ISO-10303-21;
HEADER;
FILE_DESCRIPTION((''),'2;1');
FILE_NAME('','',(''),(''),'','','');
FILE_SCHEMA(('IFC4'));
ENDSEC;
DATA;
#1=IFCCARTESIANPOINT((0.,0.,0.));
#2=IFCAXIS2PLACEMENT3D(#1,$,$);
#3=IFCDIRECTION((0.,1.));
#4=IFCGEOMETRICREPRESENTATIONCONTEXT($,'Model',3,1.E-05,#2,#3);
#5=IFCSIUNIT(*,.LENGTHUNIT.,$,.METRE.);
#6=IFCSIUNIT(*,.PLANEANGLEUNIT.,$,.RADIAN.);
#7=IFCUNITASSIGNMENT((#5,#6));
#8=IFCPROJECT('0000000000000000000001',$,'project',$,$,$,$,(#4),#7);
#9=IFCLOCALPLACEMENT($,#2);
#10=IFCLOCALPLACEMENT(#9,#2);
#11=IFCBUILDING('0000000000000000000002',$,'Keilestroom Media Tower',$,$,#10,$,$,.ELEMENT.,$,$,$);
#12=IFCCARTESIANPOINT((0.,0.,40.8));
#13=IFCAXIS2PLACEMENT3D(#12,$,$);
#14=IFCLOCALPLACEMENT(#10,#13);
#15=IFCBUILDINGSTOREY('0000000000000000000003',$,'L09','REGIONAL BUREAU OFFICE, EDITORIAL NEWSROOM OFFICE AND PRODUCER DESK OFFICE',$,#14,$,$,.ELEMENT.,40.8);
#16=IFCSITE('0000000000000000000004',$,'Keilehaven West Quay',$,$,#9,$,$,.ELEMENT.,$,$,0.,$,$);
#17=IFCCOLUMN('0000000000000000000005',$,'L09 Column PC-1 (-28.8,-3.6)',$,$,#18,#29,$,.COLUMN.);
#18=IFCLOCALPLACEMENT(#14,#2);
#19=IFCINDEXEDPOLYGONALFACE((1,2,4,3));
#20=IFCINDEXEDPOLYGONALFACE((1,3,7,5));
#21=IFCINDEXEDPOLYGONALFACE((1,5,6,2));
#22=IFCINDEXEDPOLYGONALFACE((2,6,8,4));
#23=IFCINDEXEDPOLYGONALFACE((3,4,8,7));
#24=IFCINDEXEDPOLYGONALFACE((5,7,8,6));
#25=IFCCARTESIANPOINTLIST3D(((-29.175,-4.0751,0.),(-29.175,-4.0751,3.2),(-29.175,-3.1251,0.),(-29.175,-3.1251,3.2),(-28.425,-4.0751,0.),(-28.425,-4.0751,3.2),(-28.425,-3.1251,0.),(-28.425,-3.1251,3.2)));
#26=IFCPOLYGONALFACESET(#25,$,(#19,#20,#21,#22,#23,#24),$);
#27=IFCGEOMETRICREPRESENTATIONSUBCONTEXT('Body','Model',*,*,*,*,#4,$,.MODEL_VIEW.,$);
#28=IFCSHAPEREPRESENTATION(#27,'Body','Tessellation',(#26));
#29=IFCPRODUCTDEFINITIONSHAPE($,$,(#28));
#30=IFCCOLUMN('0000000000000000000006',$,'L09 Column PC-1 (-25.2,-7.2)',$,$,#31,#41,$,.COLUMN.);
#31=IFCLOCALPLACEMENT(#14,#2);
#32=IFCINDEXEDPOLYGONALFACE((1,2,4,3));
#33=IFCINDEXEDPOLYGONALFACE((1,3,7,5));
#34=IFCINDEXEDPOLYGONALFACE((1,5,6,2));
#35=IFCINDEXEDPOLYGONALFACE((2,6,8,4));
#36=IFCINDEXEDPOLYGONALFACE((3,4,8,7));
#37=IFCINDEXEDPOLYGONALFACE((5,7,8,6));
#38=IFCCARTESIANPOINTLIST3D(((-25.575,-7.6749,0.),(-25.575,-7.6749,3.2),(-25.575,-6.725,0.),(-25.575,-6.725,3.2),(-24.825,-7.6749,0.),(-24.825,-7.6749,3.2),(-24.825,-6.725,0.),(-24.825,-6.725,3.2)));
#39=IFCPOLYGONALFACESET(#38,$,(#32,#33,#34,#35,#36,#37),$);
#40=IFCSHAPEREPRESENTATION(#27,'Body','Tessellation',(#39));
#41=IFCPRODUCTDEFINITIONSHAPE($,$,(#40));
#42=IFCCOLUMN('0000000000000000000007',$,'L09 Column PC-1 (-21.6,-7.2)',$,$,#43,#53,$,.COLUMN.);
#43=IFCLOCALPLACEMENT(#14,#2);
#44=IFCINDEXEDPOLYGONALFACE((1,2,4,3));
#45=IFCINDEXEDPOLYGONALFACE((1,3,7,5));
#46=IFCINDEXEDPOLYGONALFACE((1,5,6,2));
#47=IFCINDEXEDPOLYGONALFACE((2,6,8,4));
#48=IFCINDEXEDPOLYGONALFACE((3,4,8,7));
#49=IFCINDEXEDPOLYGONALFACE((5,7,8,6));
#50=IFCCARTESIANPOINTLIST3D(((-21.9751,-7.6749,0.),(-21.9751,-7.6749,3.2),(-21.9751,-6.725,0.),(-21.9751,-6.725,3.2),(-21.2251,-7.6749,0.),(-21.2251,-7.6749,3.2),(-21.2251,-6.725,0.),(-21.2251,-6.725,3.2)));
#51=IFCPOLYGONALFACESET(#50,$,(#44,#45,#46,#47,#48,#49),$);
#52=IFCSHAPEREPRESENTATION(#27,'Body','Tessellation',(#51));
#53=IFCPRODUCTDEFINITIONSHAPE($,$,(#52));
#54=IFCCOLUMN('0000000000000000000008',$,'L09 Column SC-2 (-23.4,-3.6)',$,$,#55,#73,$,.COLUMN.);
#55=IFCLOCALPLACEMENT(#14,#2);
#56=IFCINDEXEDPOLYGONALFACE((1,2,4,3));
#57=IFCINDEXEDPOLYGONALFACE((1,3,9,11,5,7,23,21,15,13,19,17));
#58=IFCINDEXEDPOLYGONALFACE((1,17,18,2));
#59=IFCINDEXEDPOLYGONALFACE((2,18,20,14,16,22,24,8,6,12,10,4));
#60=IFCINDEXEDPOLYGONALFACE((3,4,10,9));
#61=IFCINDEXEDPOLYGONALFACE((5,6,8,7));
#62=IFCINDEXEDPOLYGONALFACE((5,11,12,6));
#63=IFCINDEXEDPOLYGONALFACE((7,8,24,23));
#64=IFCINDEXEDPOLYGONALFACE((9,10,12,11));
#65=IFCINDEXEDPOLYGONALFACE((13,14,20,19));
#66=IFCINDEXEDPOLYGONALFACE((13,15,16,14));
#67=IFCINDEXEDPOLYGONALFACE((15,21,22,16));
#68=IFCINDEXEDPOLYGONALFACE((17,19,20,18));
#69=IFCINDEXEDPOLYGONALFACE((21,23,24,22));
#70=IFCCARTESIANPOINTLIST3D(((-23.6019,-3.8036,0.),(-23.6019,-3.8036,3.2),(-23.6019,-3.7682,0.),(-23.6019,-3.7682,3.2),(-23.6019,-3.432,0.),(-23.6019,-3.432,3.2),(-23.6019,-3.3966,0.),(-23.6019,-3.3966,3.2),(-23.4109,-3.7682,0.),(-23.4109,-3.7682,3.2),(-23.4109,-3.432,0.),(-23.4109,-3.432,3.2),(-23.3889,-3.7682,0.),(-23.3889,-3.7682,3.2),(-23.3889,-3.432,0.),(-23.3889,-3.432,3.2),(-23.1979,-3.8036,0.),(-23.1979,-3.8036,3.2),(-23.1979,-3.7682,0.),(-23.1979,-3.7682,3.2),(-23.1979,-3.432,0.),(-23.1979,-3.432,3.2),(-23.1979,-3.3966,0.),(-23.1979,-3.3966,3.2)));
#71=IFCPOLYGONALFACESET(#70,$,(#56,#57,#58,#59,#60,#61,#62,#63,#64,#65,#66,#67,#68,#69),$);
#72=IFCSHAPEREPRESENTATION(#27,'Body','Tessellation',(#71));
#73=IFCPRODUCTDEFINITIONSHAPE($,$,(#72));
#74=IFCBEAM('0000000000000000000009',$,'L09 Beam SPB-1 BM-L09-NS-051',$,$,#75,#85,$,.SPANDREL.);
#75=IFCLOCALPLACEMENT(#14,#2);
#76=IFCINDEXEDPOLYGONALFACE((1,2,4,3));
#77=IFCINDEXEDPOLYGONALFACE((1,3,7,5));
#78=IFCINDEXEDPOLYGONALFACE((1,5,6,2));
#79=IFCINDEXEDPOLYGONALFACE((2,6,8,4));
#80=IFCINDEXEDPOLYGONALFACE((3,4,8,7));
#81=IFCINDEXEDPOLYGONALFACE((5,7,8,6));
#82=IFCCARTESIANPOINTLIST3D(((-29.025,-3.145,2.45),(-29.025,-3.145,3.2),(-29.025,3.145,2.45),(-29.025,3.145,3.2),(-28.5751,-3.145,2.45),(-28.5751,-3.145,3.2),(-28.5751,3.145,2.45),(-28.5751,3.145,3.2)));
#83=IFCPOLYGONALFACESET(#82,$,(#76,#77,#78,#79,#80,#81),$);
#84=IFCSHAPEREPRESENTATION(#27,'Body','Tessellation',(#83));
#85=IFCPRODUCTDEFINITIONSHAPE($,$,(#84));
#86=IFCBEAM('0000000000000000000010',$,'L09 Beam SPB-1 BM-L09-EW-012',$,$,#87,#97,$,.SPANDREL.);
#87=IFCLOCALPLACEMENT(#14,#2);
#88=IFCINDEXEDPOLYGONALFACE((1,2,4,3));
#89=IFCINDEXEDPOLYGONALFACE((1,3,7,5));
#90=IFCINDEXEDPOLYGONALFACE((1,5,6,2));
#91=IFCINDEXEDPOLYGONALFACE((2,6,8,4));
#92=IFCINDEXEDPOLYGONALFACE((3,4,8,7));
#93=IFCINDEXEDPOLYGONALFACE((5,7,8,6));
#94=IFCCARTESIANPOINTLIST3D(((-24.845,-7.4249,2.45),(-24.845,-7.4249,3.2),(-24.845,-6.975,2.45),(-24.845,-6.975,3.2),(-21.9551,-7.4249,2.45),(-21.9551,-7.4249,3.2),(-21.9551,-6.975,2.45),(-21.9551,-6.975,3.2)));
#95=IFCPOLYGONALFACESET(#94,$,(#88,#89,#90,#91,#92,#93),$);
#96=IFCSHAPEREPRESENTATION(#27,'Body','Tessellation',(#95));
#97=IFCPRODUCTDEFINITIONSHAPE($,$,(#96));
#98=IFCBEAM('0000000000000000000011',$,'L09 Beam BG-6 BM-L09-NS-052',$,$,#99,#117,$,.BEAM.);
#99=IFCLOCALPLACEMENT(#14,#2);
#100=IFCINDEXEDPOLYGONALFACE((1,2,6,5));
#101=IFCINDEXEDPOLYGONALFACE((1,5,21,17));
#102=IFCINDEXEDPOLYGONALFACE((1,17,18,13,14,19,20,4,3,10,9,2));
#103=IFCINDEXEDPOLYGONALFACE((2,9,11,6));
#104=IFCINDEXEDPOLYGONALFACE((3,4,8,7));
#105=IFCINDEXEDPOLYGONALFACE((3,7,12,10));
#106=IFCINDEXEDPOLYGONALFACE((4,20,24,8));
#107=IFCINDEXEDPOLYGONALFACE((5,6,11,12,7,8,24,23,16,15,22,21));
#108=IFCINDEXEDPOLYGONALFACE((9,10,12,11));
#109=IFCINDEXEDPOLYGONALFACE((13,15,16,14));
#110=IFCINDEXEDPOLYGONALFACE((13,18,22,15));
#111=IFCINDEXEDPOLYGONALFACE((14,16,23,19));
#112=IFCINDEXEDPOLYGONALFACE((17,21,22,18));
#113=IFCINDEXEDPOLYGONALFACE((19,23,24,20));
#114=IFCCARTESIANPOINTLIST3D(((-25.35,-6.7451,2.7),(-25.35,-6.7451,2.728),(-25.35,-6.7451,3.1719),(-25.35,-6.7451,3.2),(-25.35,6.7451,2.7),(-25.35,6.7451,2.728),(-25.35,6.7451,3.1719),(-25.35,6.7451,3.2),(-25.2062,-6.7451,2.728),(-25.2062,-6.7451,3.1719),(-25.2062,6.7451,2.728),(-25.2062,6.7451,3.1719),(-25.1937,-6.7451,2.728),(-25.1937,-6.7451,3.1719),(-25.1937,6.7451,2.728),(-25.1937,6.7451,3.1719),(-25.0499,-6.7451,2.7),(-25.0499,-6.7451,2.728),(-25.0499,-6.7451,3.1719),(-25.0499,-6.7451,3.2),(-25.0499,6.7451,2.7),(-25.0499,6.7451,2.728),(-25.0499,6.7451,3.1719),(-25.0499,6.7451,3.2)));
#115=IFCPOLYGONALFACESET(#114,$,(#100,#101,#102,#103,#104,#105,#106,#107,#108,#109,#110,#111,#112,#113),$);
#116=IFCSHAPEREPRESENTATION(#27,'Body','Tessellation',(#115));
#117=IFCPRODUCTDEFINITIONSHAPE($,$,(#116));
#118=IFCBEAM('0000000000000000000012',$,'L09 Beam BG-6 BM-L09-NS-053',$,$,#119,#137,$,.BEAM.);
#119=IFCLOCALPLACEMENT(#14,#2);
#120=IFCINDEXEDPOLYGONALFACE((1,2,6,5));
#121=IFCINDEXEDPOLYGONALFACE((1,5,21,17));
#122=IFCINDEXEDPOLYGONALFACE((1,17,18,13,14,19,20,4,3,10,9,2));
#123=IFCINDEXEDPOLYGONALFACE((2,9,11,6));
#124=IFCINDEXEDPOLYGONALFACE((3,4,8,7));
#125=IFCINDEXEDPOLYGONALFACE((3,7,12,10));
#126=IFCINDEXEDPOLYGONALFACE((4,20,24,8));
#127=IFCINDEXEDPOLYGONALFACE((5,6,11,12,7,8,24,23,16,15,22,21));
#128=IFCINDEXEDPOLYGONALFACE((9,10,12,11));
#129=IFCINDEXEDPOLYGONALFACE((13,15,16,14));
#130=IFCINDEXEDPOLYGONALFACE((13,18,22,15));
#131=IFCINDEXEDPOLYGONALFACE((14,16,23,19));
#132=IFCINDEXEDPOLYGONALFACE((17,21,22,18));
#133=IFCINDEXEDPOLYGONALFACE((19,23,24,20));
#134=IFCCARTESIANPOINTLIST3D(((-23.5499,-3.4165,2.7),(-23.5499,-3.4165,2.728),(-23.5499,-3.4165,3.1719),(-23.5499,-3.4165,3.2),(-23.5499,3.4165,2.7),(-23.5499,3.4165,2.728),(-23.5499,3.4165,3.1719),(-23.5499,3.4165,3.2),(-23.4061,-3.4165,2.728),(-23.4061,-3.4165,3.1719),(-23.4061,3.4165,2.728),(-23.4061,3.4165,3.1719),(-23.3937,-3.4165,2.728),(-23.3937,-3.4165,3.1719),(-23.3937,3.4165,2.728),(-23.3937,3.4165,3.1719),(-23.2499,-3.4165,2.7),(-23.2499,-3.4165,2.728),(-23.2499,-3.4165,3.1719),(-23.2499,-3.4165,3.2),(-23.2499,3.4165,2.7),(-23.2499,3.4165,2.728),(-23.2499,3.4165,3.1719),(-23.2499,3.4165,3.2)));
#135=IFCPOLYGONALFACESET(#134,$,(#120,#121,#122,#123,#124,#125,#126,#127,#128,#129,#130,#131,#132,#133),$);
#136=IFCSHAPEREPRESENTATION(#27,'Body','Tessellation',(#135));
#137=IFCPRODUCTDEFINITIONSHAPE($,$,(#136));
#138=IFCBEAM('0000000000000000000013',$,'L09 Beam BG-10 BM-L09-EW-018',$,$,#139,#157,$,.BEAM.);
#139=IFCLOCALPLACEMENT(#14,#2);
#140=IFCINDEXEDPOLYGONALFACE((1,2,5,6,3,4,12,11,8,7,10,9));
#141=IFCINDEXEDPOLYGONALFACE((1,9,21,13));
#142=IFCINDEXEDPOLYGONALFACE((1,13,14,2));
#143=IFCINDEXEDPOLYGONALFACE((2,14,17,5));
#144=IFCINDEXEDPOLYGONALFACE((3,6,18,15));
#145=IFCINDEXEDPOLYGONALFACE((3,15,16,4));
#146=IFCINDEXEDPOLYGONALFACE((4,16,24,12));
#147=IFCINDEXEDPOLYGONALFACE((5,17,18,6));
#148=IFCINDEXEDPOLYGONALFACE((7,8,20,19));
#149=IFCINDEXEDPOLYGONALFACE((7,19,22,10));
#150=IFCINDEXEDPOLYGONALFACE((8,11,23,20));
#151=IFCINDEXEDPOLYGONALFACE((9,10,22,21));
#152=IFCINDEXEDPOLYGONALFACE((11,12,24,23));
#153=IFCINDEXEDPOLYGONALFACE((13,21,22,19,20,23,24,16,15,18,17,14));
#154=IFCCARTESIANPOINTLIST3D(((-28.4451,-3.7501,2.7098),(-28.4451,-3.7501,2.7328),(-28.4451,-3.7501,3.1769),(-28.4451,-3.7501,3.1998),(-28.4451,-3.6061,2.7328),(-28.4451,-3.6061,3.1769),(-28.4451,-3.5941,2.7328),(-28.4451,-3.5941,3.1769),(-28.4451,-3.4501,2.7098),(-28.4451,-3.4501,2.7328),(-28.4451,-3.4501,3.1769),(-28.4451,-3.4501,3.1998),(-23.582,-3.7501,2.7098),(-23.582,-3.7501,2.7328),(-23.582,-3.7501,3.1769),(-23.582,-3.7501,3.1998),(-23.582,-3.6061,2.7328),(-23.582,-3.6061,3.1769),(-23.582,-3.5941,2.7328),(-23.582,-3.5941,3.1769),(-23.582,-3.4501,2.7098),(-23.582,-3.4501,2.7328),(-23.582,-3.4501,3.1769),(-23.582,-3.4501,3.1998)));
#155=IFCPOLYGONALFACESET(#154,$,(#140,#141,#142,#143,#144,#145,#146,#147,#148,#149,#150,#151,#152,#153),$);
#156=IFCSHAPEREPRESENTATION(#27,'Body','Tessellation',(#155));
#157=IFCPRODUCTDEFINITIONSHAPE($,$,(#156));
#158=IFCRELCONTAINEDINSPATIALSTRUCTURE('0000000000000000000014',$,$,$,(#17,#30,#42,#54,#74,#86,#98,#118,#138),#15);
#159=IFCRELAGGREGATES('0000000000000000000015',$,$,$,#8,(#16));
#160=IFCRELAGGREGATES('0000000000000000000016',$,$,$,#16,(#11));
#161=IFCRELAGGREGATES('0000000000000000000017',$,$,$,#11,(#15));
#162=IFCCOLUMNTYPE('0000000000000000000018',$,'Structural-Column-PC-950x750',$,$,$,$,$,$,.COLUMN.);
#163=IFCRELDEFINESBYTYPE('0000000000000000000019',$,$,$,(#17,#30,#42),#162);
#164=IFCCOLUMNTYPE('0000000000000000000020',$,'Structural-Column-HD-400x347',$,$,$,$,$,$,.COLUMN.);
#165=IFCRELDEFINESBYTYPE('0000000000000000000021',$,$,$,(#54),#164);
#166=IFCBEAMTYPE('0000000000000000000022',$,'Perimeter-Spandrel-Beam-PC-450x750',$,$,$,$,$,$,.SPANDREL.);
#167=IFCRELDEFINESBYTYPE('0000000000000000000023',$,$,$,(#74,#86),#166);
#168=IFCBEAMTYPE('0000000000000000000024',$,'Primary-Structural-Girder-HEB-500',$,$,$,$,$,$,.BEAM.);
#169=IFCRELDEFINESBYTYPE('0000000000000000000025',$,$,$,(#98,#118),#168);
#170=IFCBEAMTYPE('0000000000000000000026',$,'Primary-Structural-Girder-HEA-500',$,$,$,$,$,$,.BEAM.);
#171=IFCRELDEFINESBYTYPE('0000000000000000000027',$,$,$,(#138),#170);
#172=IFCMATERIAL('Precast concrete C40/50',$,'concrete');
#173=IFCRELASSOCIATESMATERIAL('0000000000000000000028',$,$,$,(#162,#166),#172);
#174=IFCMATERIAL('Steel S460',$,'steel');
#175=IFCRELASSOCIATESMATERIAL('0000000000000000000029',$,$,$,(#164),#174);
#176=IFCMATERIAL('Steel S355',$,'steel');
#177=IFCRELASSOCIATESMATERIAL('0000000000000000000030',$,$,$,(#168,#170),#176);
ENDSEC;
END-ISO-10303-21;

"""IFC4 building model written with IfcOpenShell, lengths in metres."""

from ifc_helpers import new_model, si_unit, direction, frame, origin, origin_2d, place, context, subcontext, project, spatial, rectangle, i_section, extrude, source, transform, mapped, material, material_profile, profile_set, type_object, element, save


model = new_model("IFC4")

# Units and contexts
model_context = context("Model", 3, precision=1e-05, world=origin(), true_north=direction((0.0, 1.0)))
body_context = subcontext(model_context, "Body", "Model", "MODEL_VIEW")
ifc_project = project(units=[si_unit("LENGTHUNIT", "METRE"), si_unit("PLANEANGLEUNIT", "RADIAN")], contexts=[model_context])

# Site, building, storey
site_placement = place(None, origin())
site = spatial("IfcSite", under=ifc_project, at=site_placement, Name="Keilehaven West Quay", CompositionType="ELEMENT", RefElevation=0.0)
building_placement = place(site_placement, origin())
building = spatial("IfcBuilding", under=site, at=building_placement, Name="Keilestroom Media Tower", CompositionType="ELEMENT")
storey_placement = place(building_placement, frame((0.0, 0.0, 40.8)))
storey = spatial("IfcBuildingStorey", under=building, at=storey_placement, Name="L09", Description="REGIONAL BUREAU OFFICE, EDITORIAL NEWSROOM OFFICE AND PRODUCER DESK OFFICE", CompositionType="ELEMENT", Elevation=40.8)

# Columns
ifc_material_1 = material(Name="Precast concrete C40/50", Category="concrete")
ifc_material_profile_1 = material_profile(ifc_material_1, rectangle(XDim=0.75, YDim=0.95, at=origin_2d()), Name="PC 950x750")
ifc_profile_set_1 = profile_set([ifc_material_profile_1], Name="Precast concrete C40/50")
column_type_1 = type_object("IfcColumnType", Name="Structural-Column-PC-950x750", PredefinedType="COLUMN", material=ifc_profile_set_1)
shared_shape_1 = source(origin(), body_context, "Body", "SweptSolid", [
    extrude(rectangle(XDim=0.75, YDim=0.95, at=origin_2d()), origin(), (0.0, 0.0, 1.0), 3.2),
])
for number, where, z_axis, x_axis, name in (
    (1, (-28.8, -3.6001, 0.0), (0.0, 0.0, 1.0), (1.0, 0.0, 0.0), "L09 Column PC-1 (-28.8,-3.6)"),
    (2, (-25.2, -7.2, 0.0), (0.0, 0.0, 1.0), (1.0, 0.0, 0.0), "L09 Column PC-1 (-25.2,-7.2)"),
    (3, (-21.6001, -7.2, 0.0), (0.0, 0.0, 1.0), (1.0, 0.0, 0.0), "L09 Column PC-1 (-21.6,-7.2)"),
):
    element("IfcColumn", number, at=place(storey_placement, frame(where, z_axis=z_axis, x_axis=x_axis)), inside=storey, type_object=column_type_1, Name=name, PredefinedType="COLUMN", context=body_context, shape_type="MappedRepresentation", body=[
        mapped(shared_shape_1, transform((0.0, 0.0, 0.0), x_axis=(1.0, 0.0, 0.0), y_axis=(0.0, 1.0, 0.0), z_axis=(0.0, 0.0, 1.0), scale=1.0)),
    ])
ifc_material_2 = material(Name="Steel S460", Category="steel")
ifc_material_profile_2 = material_profile(ifc_material_2, i_section(OverallWidth=0.4041, OverallDepth=0.407, WebThickness=0.022, FlangeThickness=0.0354, at=origin_2d()), Name="HD 400x347")
ifc_profile_set_2 = profile_set([ifc_material_profile_2], Name="Steel S460")
column_type_2 = type_object("IfcColumnType", Name="Structural-Column-HD-400x347", PredefinedType="COLUMN", material=ifc_profile_set_2)
shared_shape_2 = source(origin(), body_context, "Body", "SweptSolid", [
    extrude(i_section(OverallWidth=0.4041, OverallDepth=0.407, WebThickness=0.022, FlangeThickness=0.0354, at=origin_2d()), origin(), (0.0, 0.0, 1.0), 3.2),
])
column_placement = place(storey_placement, frame((-23.3999, -3.6001, 0.0), z_axis=(0.0, 0.0, 1.0), x_axis=(1.0, 0.0, 0.0)))
element("IfcColumn", 4, at=column_placement, inside=storey, type_object=column_type_2, Name="L09 Column SC-2 (-23.4,-3.6)", PredefinedType="COLUMN", context=body_context, shape_type="MappedRepresentation", body=[
    mapped(shared_shape_2, transform((0.0, 0.0, 0.0), x_axis=(1.0, 0.0, 0.0), y_axis=(0.0, 1.0, 0.0), z_axis=(0.0, 0.0, 1.0), scale=1.0)),
])

# Beams
ifc_material_profile_3 = material_profile(ifc_material_1, rectangle(XDim=0.45, YDim=0.75, at=origin_2d()), Name="PC 450x750")
ifc_profile_set_3 = profile_set([ifc_material_profile_3], Name="Precast concrete C40/50")
beam_type_1 = type_object("IfcBeamType", Name="Perimeter-Spandrel-Beam-PC-450x750", PredefinedType="SPANDREL", material=ifc_profile_set_3)
shared_shape_3 = source(origin(), body_context, "Body", "SweptSolid", [
    extrude(rectangle(XDim=0.45, YDim=0.75, at=origin_2d()), origin(), (0.0, 0.0, 1.0), 6.29),
])
beam_1_placement = place(storey_placement, frame((-28.8, -3.145, 2.825), z_axis=(0.0, 1.0, 0.0), x_axis=(-1.0, 0.0, 0.0)))
element("IfcBeam", 5, at=beam_1_placement, inside=storey, type_object=beam_type_1, Name="L09 Beam SPB-1 BM-L09-NS-051", PredefinedType="SPANDREL", context=body_context, shape_type="MappedRepresentation", body=[
    mapped(shared_shape_3, transform((0.0, 0.0, 0.0), x_axis=(1.0, 0.0, 0.0), y_axis=(0.0, 1.0, 0.0), z_axis=(0.0, 0.0, 1.0), scale=1.0)),
])
shared_shape_4 = source(origin(), body_context, "Body", "SweptSolid", [
    extrude(rectangle(XDim=0.45, YDim=0.75, at=origin_2d()), origin(), (0.0, 0.0, 1.0), 2.8899),
])
beam_2_placement = place(storey_placement, frame((-24.845, -7.2, 2.825), z_axis=(1.0, 0.0, 0.0), x_axis=(0.0, 1.0, 0.0)))
element("IfcBeam", 6, at=beam_2_placement, inside=storey, type_object=beam_type_1, Name="L09 Beam SPB-1 BM-L09-EW-012", PredefinedType="SPANDREL", context=body_context, shape_type="MappedRepresentation", body=[
    mapped(shared_shape_4, transform((0.0, 0.0, 0.0), x_axis=(1.0, 0.0, 0.0), y_axis=(0.0, 1.0, 0.0), z_axis=(0.0, 0.0, 1.0), scale=1.0)),
])
ifc_material_3 = material(Name="Steel S355", Category="steel")
ifc_material_profile_4 = material_profile(ifc_material_3, i_section(OverallWidth=0.3, OverallDepth=0.5, WebThickness=0.0125, FlangeThickness=0.0281, at=origin_2d()), Name="HEB 500")
ifc_profile_set_4 = profile_set([ifc_material_profile_4], Name="Steel S355")
beam_type_2 = type_object("IfcBeamType", Name="Primary-Structural-Girder-HEB-500", PredefinedType="BEAM", material=ifc_profile_set_4)
shared_shape_5 = source(origin(), body_context, "Body", "SweptSolid", [
    extrude(i_section(OverallWidth=0.3, OverallDepth=0.5, WebThickness=0.0125, FlangeThickness=0.0281, at=origin_2d()), origin(), (0.0, 0.0, 1.0), 13.4902),
])
beam_3_placement = place(storey_placement, frame((-25.2, -6.7451, 2.95), z_axis=(0.0, 1.0, 0.0), x_axis=(-1.0, 0.0, 0.0)))
element("IfcBeam", 7, at=beam_3_placement, inside=storey, type_object=beam_type_2, Name="L09 Beam BG-6 BM-L09-NS-052", PredefinedType="BEAM", context=body_context, shape_type="MappedRepresentation", body=[
    mapped(shared_shape_5, transform((0.0, 0.0, 0.0), x_axis=(1.0, 0.0, 0.0), y_axis=(0.0, 1.0, 0.0), z_axis=(0.0, 0.0, 1.0), scale=1.0)),
])
shared_shape_6 = source(origin(), body_context, "Body", "SweptSolid", [
    extrude(i_section(OverallWidth=0.3, OverallDepth=0.5, WebThickness=0.0125, FlangeThickness=0.0281, at=origin_2d()), origin(), (0.0, 0.0, 1.0), 6.833),
])
beam_4_placement = place(storey_placement, frame((-23.3999, -3.4165, 2.95), z_axis=(0.0, 1.0, 0.0), x_axis=(-1.0, 0.0, 0.0)))
element("IfcBeam", 8, at=beam_4_placement, inside=storey, type_object=beam_type_2, Name="L09 Beam BG-6 BM-L09-NS-053", PredefinedType="BEAM", context=body_context, shape_type="MappedRepresentation", body=[
    mapped(shared_shape_6, transform((0.0, 0.0, 0.0), x_axis=(1.0, 0.0, 0.0), y_axis=(0.0, 1.0, 0.0), z_axis=(0.0, 0.0, 1.0), scale=1.0)),
])
ifc_material_profile_5 = material_profile(ifc_material_3, i_section(OverallWidth=0.3, OverallDepth=0.49, WebThickness=0.012, FlangeThickness=0.0229, at=origin_2d()), Name="HEA 500")
ifc_profile_set_5 = profile_set([ifc_material_profile_5], Name="Steel S355")
beam_type_3 = type_object("IfcBeamType", Name="Primary-Structural-Girder-HEA-500", PredefinedType="BEAM", material=ifc_profile_set_5)
shared_shape_7 = source(origin(), body_context, "Body", "SweptSolid", [
    extrude(i_section(OverallWidth=0.3, OverallDepth=0.49, WebThickness=0.012, FlangeThickness=0.0229, at=origin_2d()), origin(), (0.0, 0.0, 1.0), 4.863),
])
beam_5_placement = place(storey_placement, frame((-28.4451, -3.6001, 2.9548), z_axis=(1.0, 0.0, 0.0), x_axis=(0.0, 1.0, 0.0)))
element("IfcBeam", 9, at=beam_5_placement, inside=storey, type_object=beam_type_3, Name="L09 Beam BG-10 BM-L09-EW-018", PredefinedType="BEAM", context=body_context, shape_type="MappedRepresentation", body=[
    mapped(shared_shape_7, transform((0.0, 0.0, 0.0), x_axis=(1.0, 0.0, 0.0), y_axis=(0.0, 1.0, 0.0), z_axis=(0.0, 0.0, 1.0), scale=1.0)),
])

save(model, "model.ifc")
